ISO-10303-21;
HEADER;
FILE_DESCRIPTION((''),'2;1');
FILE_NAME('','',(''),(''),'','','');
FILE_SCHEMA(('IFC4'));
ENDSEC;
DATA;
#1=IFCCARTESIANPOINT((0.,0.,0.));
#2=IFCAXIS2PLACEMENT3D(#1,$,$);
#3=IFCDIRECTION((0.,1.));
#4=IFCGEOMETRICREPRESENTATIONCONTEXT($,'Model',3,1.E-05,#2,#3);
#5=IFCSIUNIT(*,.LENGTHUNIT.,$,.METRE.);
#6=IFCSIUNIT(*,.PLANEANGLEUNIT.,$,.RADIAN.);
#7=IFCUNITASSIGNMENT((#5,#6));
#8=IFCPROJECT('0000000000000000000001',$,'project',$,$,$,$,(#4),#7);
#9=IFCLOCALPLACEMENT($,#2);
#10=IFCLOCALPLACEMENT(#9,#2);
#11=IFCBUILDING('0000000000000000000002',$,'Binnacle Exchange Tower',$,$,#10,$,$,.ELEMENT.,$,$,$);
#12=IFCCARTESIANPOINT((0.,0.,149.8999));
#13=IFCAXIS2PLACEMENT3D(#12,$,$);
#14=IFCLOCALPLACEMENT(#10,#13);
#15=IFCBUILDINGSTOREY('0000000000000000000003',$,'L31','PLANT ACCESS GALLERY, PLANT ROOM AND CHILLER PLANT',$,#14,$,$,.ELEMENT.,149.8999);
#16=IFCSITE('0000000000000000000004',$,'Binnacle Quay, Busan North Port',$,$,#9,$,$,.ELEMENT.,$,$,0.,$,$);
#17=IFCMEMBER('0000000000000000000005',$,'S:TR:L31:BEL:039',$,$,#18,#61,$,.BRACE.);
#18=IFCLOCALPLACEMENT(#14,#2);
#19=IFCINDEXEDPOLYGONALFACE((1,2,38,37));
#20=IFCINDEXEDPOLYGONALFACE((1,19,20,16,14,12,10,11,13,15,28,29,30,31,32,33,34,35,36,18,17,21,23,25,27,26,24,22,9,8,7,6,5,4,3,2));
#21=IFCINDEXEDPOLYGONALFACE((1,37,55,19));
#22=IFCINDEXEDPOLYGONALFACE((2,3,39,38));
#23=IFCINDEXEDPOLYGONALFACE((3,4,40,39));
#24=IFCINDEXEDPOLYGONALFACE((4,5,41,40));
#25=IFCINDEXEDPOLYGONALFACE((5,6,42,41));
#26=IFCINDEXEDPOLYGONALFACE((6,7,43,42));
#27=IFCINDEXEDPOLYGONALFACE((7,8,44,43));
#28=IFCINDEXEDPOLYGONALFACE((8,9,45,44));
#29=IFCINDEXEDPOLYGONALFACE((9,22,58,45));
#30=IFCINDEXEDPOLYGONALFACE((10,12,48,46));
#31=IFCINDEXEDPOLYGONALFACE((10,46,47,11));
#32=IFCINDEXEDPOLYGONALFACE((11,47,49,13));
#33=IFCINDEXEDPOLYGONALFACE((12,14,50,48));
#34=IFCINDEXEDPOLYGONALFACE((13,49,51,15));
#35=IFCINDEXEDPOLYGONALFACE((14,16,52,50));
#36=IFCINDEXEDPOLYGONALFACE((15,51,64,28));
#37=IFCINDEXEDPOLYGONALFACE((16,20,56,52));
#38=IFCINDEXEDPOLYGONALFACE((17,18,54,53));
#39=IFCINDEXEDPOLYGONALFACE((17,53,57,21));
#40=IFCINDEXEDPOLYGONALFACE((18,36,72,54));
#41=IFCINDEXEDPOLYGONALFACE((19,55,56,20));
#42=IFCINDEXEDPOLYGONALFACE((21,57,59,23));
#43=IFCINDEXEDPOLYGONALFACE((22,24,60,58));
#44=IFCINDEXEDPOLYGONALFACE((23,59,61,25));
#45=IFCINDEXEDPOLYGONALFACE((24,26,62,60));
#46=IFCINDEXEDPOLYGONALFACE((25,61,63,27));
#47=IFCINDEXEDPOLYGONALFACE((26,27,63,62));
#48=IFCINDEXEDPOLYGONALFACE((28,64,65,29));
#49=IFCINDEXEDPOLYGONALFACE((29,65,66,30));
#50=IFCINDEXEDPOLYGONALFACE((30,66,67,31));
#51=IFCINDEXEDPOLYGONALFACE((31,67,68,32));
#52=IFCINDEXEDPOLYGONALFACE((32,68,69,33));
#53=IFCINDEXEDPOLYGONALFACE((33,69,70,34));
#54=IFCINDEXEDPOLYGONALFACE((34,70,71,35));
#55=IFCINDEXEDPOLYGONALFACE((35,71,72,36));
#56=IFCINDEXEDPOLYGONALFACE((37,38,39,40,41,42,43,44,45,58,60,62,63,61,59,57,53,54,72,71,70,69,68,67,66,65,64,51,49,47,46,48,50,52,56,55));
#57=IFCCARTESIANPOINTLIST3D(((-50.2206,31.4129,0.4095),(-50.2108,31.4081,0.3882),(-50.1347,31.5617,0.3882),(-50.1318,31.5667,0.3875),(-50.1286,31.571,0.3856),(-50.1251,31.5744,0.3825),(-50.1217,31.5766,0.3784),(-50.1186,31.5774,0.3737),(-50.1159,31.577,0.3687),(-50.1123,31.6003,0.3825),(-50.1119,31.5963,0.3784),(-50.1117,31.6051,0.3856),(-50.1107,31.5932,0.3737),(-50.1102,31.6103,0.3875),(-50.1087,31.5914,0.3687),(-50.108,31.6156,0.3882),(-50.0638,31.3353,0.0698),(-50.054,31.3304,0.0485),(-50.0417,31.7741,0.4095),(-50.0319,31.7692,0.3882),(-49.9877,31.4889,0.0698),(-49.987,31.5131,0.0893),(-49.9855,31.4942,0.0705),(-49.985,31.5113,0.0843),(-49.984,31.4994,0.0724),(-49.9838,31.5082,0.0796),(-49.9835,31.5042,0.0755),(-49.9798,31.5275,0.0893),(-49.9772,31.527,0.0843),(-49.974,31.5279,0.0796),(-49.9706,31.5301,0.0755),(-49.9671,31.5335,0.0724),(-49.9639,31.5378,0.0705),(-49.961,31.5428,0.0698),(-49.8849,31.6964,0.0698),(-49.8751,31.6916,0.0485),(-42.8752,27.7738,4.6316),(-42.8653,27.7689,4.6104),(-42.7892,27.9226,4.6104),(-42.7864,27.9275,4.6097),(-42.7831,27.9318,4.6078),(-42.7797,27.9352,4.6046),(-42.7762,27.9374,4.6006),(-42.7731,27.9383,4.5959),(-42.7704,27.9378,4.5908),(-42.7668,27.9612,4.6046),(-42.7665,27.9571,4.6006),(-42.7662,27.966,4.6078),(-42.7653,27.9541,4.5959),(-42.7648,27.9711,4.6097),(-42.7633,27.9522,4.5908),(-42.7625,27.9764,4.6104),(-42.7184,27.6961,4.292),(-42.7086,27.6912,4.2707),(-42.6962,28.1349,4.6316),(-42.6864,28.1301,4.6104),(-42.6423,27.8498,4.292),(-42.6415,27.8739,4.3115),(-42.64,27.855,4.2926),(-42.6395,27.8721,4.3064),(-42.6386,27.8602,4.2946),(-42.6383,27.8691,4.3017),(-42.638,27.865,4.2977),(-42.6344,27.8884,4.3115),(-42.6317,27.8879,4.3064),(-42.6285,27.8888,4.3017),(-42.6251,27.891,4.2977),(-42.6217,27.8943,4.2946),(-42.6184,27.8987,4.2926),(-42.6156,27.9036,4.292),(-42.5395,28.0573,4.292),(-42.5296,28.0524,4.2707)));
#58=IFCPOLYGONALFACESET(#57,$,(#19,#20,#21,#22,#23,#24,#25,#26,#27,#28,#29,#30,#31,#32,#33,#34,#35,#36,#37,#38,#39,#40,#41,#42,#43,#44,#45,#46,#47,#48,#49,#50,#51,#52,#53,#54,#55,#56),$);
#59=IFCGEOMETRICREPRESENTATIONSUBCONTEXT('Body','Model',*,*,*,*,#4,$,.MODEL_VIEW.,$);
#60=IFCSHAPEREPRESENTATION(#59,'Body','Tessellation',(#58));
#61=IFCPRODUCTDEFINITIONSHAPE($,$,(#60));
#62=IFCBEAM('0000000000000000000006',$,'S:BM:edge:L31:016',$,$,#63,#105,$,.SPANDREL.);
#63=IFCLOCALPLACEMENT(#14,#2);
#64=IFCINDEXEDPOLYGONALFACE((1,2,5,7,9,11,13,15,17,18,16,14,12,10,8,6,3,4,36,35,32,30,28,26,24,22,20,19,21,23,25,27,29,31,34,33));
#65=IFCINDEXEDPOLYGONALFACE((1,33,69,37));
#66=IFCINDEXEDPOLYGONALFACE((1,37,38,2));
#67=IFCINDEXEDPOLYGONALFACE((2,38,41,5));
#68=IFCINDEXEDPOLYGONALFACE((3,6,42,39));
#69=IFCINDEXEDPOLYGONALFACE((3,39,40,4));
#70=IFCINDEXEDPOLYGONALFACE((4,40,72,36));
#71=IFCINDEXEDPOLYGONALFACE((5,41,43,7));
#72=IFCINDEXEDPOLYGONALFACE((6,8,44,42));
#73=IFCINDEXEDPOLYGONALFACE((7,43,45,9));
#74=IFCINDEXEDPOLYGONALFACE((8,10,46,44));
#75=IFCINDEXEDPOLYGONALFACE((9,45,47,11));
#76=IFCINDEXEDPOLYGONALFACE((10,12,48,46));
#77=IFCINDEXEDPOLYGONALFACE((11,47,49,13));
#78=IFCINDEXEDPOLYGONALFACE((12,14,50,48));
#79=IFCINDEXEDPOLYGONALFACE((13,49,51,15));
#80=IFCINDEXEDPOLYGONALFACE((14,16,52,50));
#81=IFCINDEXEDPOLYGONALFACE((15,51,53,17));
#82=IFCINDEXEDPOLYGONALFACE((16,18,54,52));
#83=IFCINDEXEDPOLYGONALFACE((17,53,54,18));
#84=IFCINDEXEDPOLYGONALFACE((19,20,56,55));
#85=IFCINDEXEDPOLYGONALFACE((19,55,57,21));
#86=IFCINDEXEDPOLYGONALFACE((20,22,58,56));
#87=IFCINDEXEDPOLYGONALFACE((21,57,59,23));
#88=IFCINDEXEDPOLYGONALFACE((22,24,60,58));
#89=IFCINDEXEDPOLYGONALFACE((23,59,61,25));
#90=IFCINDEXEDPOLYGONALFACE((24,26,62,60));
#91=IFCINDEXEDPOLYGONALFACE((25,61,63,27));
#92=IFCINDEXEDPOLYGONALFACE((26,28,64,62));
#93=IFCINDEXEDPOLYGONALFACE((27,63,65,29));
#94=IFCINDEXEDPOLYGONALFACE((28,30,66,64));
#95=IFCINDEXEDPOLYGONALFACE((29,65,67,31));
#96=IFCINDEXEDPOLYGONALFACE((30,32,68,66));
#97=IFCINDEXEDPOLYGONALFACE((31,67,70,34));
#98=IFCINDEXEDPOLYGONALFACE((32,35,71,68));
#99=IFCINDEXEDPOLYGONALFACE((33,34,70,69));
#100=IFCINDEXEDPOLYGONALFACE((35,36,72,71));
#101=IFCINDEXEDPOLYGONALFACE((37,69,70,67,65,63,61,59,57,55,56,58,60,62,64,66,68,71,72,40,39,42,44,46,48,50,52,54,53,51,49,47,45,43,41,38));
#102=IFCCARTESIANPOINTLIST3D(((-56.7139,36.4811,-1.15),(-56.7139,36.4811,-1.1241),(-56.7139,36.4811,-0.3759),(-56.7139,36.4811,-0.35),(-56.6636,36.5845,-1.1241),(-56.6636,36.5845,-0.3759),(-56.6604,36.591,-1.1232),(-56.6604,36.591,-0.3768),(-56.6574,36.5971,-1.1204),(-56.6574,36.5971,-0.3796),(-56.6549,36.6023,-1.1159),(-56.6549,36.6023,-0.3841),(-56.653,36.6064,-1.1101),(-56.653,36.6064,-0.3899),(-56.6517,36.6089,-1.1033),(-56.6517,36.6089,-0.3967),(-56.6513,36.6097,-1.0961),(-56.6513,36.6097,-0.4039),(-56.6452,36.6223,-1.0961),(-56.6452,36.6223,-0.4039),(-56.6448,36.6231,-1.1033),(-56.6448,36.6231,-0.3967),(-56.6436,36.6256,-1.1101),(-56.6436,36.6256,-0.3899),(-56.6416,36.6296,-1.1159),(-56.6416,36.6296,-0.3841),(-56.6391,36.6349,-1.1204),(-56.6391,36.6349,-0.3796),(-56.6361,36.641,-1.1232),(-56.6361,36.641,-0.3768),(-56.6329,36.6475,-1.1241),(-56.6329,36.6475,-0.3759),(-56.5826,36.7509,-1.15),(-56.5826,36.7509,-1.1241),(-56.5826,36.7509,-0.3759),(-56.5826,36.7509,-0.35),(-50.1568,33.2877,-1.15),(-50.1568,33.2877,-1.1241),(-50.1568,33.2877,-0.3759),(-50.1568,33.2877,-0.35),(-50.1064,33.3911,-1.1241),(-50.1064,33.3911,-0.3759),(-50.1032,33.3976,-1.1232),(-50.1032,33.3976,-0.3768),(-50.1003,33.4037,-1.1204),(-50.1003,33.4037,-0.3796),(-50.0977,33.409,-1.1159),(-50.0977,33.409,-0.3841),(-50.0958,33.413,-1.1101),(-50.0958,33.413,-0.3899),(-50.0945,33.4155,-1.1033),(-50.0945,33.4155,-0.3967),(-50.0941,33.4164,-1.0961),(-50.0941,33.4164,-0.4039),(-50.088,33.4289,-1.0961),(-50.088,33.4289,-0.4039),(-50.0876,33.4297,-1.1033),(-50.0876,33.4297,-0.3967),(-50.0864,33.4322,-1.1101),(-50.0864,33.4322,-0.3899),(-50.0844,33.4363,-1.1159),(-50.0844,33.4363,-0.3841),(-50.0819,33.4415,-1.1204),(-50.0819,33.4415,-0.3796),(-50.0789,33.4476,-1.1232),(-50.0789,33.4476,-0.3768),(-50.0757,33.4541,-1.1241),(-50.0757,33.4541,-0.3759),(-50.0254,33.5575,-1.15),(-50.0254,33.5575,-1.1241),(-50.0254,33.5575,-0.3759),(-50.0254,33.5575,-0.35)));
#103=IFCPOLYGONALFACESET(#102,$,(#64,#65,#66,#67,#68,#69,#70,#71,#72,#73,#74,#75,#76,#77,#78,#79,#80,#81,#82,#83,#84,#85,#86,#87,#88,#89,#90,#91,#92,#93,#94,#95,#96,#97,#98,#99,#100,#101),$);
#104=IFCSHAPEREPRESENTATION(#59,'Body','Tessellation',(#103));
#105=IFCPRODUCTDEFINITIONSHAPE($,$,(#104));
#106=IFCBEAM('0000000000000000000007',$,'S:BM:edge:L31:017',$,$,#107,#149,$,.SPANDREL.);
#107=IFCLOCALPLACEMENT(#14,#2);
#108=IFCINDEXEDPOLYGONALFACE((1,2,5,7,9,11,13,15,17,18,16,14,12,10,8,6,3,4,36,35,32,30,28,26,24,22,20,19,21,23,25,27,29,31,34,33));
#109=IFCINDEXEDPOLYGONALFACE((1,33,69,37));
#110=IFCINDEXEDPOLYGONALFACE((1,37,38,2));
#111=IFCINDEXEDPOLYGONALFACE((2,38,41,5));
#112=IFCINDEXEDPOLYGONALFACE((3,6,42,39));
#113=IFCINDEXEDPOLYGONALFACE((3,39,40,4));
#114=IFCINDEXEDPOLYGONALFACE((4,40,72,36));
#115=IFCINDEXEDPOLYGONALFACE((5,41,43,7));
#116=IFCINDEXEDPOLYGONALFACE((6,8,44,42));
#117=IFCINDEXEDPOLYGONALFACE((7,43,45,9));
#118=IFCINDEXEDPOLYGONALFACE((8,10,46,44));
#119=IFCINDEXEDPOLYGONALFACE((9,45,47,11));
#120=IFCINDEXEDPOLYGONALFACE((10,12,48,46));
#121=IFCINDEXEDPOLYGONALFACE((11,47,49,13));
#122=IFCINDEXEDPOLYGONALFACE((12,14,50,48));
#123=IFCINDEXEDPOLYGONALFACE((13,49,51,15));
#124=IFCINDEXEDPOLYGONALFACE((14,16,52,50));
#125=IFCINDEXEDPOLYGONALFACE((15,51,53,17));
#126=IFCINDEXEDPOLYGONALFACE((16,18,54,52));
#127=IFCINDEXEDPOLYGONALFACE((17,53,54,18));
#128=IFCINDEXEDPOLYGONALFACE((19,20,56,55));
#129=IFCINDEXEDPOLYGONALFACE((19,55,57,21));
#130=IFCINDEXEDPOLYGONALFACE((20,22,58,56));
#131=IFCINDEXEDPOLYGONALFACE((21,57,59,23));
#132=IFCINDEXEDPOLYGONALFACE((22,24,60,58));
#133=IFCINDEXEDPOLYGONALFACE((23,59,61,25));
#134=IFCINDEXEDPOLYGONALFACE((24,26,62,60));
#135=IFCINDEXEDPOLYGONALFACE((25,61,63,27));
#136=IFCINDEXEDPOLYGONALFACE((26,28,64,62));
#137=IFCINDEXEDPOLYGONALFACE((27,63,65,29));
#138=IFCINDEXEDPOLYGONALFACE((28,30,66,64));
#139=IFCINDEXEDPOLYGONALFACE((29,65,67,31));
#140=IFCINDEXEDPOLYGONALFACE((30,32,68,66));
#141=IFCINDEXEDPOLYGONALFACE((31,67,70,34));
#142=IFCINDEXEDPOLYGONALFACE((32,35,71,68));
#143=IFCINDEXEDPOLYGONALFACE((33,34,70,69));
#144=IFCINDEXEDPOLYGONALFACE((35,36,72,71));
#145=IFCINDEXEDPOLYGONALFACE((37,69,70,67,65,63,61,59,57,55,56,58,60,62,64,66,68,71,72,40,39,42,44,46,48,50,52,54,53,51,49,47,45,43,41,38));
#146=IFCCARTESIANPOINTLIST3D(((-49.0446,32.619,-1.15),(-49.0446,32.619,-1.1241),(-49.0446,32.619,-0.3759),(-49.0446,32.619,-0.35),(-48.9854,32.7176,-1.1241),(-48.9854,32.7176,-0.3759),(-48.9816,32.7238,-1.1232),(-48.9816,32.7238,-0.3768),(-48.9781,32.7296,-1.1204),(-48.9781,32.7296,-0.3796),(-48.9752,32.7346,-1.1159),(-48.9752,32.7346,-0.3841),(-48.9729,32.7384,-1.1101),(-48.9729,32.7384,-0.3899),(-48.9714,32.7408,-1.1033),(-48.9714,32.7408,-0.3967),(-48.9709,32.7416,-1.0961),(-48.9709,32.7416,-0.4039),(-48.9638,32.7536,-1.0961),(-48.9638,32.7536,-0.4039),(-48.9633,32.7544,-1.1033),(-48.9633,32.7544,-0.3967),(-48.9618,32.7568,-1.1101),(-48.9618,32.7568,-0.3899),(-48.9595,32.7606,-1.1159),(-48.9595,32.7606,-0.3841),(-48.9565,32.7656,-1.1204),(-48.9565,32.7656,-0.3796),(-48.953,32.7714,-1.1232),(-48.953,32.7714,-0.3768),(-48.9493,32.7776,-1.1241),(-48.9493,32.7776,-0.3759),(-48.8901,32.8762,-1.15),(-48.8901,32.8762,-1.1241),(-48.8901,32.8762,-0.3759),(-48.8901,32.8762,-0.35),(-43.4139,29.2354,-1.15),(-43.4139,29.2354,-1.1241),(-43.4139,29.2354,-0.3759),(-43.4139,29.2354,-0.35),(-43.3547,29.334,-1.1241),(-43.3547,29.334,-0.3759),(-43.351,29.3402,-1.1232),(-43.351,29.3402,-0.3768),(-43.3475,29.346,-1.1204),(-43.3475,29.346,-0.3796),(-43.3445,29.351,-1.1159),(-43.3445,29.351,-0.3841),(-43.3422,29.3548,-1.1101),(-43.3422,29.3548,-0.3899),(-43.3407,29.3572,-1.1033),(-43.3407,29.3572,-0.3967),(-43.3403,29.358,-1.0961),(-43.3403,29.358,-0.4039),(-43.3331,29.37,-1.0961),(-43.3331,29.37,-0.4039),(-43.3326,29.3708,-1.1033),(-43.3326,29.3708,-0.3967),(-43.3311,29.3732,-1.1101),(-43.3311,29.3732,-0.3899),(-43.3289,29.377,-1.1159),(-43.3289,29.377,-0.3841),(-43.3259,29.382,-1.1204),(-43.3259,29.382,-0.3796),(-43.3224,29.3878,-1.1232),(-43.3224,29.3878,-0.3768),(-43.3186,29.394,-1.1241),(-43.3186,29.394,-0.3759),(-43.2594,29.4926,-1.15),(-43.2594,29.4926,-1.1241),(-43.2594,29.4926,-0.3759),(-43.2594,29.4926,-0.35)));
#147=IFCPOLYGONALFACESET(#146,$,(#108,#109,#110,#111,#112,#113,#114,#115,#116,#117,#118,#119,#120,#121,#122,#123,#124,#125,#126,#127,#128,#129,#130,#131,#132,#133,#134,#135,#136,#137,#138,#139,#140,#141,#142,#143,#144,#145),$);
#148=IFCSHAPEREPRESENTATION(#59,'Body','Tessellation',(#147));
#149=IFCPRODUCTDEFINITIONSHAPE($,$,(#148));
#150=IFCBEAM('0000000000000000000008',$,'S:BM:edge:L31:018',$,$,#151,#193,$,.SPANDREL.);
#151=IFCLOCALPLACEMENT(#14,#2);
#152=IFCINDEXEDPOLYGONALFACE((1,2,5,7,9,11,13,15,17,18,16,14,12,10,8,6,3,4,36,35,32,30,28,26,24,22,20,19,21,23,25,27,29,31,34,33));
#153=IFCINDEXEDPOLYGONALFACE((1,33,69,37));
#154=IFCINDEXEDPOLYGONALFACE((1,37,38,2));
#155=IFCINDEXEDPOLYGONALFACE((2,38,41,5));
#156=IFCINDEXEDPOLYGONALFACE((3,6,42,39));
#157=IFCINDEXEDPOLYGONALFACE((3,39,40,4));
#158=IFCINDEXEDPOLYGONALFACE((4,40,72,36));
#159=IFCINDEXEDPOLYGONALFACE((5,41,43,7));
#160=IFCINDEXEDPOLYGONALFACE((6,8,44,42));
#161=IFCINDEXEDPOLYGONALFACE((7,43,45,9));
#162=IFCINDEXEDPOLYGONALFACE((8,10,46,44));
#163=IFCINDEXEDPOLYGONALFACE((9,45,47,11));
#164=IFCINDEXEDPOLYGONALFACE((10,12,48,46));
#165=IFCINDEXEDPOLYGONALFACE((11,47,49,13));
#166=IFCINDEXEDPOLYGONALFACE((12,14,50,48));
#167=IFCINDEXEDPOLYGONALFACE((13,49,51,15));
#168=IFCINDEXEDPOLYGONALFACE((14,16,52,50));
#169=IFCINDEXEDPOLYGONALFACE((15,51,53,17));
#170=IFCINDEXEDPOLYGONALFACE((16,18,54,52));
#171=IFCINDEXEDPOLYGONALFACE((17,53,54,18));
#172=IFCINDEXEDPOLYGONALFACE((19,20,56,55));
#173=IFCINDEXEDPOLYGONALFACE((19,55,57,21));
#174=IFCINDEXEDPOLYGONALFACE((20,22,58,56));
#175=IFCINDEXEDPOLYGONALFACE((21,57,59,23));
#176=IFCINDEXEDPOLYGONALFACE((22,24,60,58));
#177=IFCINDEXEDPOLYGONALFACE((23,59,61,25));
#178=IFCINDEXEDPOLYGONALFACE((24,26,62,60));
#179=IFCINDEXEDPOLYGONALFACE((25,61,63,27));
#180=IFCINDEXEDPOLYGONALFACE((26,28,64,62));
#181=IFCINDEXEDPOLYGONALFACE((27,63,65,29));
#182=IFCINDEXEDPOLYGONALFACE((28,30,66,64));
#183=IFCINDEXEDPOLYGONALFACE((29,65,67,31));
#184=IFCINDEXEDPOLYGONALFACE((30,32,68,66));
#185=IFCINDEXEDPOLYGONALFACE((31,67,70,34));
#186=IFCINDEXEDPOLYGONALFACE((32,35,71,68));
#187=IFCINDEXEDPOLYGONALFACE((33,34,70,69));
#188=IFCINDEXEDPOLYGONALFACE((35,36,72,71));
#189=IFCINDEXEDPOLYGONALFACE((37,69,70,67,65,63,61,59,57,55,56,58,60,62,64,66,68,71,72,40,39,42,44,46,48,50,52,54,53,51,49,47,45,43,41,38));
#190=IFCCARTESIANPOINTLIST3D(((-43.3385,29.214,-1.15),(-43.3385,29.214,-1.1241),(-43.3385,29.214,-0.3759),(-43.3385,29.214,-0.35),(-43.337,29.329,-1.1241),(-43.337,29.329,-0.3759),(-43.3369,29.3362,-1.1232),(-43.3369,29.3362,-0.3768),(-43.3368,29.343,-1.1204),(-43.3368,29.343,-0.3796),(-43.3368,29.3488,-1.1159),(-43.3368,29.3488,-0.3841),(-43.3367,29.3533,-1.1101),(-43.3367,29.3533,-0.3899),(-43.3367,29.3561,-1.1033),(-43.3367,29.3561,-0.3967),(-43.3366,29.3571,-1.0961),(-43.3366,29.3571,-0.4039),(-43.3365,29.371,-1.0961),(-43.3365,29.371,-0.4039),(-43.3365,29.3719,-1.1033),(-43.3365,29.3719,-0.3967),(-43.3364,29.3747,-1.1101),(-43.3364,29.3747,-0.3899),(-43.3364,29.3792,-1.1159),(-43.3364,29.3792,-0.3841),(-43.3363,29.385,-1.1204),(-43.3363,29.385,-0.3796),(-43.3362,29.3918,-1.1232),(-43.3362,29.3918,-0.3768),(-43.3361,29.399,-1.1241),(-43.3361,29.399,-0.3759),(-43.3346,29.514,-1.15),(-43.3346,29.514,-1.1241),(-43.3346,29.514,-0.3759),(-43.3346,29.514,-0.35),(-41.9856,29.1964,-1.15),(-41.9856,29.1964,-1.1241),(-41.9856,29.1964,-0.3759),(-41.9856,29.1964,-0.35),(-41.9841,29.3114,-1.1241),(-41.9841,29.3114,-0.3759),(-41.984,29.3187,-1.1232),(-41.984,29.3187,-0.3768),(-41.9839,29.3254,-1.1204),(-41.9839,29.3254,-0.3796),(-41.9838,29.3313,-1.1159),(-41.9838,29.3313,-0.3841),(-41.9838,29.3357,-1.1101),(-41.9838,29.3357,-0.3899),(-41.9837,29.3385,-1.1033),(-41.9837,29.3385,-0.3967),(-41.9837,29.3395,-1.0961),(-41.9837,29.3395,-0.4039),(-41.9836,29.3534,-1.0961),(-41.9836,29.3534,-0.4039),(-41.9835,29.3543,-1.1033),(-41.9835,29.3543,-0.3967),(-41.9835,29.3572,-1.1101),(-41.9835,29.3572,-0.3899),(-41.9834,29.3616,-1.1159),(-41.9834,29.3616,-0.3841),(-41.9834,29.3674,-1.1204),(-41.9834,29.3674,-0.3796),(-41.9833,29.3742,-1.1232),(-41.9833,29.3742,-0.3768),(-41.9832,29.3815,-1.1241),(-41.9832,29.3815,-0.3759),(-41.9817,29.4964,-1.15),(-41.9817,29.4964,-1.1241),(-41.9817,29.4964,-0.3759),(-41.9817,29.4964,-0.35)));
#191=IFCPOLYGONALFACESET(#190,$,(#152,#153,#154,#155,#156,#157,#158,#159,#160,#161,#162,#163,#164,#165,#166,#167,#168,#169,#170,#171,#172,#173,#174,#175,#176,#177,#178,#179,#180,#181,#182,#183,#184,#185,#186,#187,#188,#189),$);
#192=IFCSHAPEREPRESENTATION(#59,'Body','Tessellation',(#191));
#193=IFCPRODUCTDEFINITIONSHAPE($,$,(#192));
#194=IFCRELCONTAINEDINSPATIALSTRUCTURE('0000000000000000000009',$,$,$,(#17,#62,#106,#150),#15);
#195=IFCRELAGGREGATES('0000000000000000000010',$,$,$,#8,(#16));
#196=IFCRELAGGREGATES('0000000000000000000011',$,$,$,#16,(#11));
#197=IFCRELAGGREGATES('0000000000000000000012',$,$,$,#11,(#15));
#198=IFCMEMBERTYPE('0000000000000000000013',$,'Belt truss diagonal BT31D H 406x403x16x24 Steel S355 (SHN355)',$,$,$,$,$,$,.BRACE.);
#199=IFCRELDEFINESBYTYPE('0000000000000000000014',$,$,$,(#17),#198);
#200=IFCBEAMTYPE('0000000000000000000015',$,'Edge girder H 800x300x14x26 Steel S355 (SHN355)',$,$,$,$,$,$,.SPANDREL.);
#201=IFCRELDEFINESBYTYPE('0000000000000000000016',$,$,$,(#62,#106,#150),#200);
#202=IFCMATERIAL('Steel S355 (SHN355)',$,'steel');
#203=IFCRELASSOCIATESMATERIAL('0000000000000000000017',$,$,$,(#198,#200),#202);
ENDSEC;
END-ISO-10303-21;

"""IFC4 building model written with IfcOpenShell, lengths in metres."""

from ifc_helpers import new_model, si_unit, direction, frame, origin, origin_2d, place, context, subcontext, project, spatial, i_section, extrude, material, material_profile, profile_set, type_object, element, save


model = new_model("IFC4")

# Units and contexts
model_context = context("Model", 3, precision=1e-05, world=origin(), true_north=direction((0.0, 1.0)))
body_context = subcontext(model_context, "Body", "Model", "MODEL_VIEW")
ifc_project = project(units=[si_unit("LENGTHUNIT", "METRE"), si_unit("PLANEANGLEUNIT", "RADIAN")], contexts=[model_context])

# Site, building, storey
site_placement = place(None, origin())
site = spatial("IfcSite", under=ifc_project, at=site_placement, Name="Binnacle Quay, Busan North Port", CompositionType="ELEMENT", RefElevation=0.0)
building_placement = place(site_placement, origin())
building = spatial("IfcBuilding", under=site, at=building_placement, Name="Binnacle Exchange Tower", CompositionType="ELEMENT")
storey_placement = place(building_placement, frame((0.0, 0.0, 149.8999)))
storey = spatial("IfcBuildingStorey", under=building, at=storey_placement, Name="L31", Description="PLANT ACCESS GALLERY, PLANT ROOM AND CHILLER PLANT", CompositionType="ELEMENT", Elevation=149.8999)

# Member
ifc_material_1 = material(Name="Steel S355 (SHN355)", Category="steel")
ifc_material_profile_1 = material_profile(ifc_material_1, i_section(OverallWidth=0.4031, OverallDepth=0.406, WebThickness=0.0161, FlangeThickness=0.0239, FilletRadius=0.022, at=origin_2d()), Name="H 406x403x16x24")
ifc_profile_set_1 = profile_set([ifc_material_profile_1], Name="Steel S355 (SHN355)")
member_type_1 = type_object("IfcMemberType", Name="Belt truss diagonal BT31D H 406x403x16x24 Steel S355 (SHN355)", PredefinedType="BRACE", material=ifc_profile_set_1)
member_1_placement = place(storey_placement, frame((-50.0479, 31.5522, 0.229), z_axis=(0.796605, -0.394662, 0.457889), x_axis=(0.443935, 0.896059, 0.0)))
element("IfcMember", 1, at=member_1_placement, inside=storey, type_object=member_type_1, Name="S:TR:L31:BEL:039", PredefinedType="BRACE", context=body_context, shape_type="SweptSolid", body=[
    extrude(i_section(OverallWidth=0.4031, OverallDepth=0.406, WebThickness=0.0161, FlangeThickness=0.0239, FilletRadius=0.022, at=origin_2d()), origin(), (0.0, 0.0, 1.0), 9.2209),
])

# Beams
ifc_material_profile_2 = material_profile(ifc_material_1, i_section(OverallWidth=0.3, OverallDepth=0.8, WebThickness=0.0139, FlangeThickness=0.0259, FilletRadius=0.0281, at=origin_2d()), Name="H 800x300x14x26")
ifc_profile_set_2 = profile_set([ifc_material_profile_2], Name="Steel S355 (SHN355)")
beam_type_1 = type_object("IfcBeamType", Name="Edge girder H 800x300x14x26 Steel S355 (SHN355)", PredefinedType="SPANDREL", material=ifc_profile_set_2)
beam_1_placement = place(storey_placement, frame((-50.0911, 33.4226, -0.75), z_axis=(-0.899051, 0.437843, 0.0), x_axis=(-0.437843, -0.899051, 0.0)))
element("IfcBeam", 2, at=beam_1_placement, inside=storey, type_object=beam_type_1, Name="S:BM:edge:L31:016", PredefinedType="SPANDREL", context=body_context, shape_type="SweptSolid", body=[
    extrude(i_section(OverallWidth=0.3, OverallDepth=0.8, WebThickness=0.0139, FlangeThickness=0.0259, FilletRadius=0.0281, at=origin_2d()), origin(), (0.0, 0.0, 1.0), 7.2935),
])
beam_2_placement = place(storey_placement, frame((-43.3367, 29.364, -0.75), z_axis=(-0.857145, 0.515075, 0.0), x_axis=(-0.515075, -0.857145, 0.0)))
element("IfcBeam", 3, at=beam_2_placement, inside=storey, type_object=beam_type_1, Name="S:BM:edge:L31:017", PredefinedType="SPANDREL", context=body_context, shape_type="SweptSolid", body=[
    extrude(i_section(OverallWidth=0.3, OverallDepth=0.8, WebThickness=0.0139, FlangeThickness=0.0259, FilletRadius=0.0281, at=origin_2d()), origin(), (0.0, 0.0, 1.0), 6.5691),
])
beam_3_placement = place(storey_placement, frame((-41.9836, 29.3464, -0.75), z_axis=(-0.999916, 0.012991, 0.0), x_axis=(-0.012991, -0.999916, 0.0)))
element("IfcBeam", 4, at=beam_3_placement, inside=storey, type_object=beam_type_1, Name="S:BM:edge:L31:018", PredefinedType="SPANDREL", context=body_context, shape_type="SweptSolid", body=[
    extrude(i_section(OverallWidth=0.3, OverallDepth=0.8, WebThickness=0.0139, FlangeThickness=0.0259, FilletRadius=0.0281, at=origin_2d()), origin(), (0.0, 0.0, 1.0), 1.353),
])

save(model, "model.ifc")
